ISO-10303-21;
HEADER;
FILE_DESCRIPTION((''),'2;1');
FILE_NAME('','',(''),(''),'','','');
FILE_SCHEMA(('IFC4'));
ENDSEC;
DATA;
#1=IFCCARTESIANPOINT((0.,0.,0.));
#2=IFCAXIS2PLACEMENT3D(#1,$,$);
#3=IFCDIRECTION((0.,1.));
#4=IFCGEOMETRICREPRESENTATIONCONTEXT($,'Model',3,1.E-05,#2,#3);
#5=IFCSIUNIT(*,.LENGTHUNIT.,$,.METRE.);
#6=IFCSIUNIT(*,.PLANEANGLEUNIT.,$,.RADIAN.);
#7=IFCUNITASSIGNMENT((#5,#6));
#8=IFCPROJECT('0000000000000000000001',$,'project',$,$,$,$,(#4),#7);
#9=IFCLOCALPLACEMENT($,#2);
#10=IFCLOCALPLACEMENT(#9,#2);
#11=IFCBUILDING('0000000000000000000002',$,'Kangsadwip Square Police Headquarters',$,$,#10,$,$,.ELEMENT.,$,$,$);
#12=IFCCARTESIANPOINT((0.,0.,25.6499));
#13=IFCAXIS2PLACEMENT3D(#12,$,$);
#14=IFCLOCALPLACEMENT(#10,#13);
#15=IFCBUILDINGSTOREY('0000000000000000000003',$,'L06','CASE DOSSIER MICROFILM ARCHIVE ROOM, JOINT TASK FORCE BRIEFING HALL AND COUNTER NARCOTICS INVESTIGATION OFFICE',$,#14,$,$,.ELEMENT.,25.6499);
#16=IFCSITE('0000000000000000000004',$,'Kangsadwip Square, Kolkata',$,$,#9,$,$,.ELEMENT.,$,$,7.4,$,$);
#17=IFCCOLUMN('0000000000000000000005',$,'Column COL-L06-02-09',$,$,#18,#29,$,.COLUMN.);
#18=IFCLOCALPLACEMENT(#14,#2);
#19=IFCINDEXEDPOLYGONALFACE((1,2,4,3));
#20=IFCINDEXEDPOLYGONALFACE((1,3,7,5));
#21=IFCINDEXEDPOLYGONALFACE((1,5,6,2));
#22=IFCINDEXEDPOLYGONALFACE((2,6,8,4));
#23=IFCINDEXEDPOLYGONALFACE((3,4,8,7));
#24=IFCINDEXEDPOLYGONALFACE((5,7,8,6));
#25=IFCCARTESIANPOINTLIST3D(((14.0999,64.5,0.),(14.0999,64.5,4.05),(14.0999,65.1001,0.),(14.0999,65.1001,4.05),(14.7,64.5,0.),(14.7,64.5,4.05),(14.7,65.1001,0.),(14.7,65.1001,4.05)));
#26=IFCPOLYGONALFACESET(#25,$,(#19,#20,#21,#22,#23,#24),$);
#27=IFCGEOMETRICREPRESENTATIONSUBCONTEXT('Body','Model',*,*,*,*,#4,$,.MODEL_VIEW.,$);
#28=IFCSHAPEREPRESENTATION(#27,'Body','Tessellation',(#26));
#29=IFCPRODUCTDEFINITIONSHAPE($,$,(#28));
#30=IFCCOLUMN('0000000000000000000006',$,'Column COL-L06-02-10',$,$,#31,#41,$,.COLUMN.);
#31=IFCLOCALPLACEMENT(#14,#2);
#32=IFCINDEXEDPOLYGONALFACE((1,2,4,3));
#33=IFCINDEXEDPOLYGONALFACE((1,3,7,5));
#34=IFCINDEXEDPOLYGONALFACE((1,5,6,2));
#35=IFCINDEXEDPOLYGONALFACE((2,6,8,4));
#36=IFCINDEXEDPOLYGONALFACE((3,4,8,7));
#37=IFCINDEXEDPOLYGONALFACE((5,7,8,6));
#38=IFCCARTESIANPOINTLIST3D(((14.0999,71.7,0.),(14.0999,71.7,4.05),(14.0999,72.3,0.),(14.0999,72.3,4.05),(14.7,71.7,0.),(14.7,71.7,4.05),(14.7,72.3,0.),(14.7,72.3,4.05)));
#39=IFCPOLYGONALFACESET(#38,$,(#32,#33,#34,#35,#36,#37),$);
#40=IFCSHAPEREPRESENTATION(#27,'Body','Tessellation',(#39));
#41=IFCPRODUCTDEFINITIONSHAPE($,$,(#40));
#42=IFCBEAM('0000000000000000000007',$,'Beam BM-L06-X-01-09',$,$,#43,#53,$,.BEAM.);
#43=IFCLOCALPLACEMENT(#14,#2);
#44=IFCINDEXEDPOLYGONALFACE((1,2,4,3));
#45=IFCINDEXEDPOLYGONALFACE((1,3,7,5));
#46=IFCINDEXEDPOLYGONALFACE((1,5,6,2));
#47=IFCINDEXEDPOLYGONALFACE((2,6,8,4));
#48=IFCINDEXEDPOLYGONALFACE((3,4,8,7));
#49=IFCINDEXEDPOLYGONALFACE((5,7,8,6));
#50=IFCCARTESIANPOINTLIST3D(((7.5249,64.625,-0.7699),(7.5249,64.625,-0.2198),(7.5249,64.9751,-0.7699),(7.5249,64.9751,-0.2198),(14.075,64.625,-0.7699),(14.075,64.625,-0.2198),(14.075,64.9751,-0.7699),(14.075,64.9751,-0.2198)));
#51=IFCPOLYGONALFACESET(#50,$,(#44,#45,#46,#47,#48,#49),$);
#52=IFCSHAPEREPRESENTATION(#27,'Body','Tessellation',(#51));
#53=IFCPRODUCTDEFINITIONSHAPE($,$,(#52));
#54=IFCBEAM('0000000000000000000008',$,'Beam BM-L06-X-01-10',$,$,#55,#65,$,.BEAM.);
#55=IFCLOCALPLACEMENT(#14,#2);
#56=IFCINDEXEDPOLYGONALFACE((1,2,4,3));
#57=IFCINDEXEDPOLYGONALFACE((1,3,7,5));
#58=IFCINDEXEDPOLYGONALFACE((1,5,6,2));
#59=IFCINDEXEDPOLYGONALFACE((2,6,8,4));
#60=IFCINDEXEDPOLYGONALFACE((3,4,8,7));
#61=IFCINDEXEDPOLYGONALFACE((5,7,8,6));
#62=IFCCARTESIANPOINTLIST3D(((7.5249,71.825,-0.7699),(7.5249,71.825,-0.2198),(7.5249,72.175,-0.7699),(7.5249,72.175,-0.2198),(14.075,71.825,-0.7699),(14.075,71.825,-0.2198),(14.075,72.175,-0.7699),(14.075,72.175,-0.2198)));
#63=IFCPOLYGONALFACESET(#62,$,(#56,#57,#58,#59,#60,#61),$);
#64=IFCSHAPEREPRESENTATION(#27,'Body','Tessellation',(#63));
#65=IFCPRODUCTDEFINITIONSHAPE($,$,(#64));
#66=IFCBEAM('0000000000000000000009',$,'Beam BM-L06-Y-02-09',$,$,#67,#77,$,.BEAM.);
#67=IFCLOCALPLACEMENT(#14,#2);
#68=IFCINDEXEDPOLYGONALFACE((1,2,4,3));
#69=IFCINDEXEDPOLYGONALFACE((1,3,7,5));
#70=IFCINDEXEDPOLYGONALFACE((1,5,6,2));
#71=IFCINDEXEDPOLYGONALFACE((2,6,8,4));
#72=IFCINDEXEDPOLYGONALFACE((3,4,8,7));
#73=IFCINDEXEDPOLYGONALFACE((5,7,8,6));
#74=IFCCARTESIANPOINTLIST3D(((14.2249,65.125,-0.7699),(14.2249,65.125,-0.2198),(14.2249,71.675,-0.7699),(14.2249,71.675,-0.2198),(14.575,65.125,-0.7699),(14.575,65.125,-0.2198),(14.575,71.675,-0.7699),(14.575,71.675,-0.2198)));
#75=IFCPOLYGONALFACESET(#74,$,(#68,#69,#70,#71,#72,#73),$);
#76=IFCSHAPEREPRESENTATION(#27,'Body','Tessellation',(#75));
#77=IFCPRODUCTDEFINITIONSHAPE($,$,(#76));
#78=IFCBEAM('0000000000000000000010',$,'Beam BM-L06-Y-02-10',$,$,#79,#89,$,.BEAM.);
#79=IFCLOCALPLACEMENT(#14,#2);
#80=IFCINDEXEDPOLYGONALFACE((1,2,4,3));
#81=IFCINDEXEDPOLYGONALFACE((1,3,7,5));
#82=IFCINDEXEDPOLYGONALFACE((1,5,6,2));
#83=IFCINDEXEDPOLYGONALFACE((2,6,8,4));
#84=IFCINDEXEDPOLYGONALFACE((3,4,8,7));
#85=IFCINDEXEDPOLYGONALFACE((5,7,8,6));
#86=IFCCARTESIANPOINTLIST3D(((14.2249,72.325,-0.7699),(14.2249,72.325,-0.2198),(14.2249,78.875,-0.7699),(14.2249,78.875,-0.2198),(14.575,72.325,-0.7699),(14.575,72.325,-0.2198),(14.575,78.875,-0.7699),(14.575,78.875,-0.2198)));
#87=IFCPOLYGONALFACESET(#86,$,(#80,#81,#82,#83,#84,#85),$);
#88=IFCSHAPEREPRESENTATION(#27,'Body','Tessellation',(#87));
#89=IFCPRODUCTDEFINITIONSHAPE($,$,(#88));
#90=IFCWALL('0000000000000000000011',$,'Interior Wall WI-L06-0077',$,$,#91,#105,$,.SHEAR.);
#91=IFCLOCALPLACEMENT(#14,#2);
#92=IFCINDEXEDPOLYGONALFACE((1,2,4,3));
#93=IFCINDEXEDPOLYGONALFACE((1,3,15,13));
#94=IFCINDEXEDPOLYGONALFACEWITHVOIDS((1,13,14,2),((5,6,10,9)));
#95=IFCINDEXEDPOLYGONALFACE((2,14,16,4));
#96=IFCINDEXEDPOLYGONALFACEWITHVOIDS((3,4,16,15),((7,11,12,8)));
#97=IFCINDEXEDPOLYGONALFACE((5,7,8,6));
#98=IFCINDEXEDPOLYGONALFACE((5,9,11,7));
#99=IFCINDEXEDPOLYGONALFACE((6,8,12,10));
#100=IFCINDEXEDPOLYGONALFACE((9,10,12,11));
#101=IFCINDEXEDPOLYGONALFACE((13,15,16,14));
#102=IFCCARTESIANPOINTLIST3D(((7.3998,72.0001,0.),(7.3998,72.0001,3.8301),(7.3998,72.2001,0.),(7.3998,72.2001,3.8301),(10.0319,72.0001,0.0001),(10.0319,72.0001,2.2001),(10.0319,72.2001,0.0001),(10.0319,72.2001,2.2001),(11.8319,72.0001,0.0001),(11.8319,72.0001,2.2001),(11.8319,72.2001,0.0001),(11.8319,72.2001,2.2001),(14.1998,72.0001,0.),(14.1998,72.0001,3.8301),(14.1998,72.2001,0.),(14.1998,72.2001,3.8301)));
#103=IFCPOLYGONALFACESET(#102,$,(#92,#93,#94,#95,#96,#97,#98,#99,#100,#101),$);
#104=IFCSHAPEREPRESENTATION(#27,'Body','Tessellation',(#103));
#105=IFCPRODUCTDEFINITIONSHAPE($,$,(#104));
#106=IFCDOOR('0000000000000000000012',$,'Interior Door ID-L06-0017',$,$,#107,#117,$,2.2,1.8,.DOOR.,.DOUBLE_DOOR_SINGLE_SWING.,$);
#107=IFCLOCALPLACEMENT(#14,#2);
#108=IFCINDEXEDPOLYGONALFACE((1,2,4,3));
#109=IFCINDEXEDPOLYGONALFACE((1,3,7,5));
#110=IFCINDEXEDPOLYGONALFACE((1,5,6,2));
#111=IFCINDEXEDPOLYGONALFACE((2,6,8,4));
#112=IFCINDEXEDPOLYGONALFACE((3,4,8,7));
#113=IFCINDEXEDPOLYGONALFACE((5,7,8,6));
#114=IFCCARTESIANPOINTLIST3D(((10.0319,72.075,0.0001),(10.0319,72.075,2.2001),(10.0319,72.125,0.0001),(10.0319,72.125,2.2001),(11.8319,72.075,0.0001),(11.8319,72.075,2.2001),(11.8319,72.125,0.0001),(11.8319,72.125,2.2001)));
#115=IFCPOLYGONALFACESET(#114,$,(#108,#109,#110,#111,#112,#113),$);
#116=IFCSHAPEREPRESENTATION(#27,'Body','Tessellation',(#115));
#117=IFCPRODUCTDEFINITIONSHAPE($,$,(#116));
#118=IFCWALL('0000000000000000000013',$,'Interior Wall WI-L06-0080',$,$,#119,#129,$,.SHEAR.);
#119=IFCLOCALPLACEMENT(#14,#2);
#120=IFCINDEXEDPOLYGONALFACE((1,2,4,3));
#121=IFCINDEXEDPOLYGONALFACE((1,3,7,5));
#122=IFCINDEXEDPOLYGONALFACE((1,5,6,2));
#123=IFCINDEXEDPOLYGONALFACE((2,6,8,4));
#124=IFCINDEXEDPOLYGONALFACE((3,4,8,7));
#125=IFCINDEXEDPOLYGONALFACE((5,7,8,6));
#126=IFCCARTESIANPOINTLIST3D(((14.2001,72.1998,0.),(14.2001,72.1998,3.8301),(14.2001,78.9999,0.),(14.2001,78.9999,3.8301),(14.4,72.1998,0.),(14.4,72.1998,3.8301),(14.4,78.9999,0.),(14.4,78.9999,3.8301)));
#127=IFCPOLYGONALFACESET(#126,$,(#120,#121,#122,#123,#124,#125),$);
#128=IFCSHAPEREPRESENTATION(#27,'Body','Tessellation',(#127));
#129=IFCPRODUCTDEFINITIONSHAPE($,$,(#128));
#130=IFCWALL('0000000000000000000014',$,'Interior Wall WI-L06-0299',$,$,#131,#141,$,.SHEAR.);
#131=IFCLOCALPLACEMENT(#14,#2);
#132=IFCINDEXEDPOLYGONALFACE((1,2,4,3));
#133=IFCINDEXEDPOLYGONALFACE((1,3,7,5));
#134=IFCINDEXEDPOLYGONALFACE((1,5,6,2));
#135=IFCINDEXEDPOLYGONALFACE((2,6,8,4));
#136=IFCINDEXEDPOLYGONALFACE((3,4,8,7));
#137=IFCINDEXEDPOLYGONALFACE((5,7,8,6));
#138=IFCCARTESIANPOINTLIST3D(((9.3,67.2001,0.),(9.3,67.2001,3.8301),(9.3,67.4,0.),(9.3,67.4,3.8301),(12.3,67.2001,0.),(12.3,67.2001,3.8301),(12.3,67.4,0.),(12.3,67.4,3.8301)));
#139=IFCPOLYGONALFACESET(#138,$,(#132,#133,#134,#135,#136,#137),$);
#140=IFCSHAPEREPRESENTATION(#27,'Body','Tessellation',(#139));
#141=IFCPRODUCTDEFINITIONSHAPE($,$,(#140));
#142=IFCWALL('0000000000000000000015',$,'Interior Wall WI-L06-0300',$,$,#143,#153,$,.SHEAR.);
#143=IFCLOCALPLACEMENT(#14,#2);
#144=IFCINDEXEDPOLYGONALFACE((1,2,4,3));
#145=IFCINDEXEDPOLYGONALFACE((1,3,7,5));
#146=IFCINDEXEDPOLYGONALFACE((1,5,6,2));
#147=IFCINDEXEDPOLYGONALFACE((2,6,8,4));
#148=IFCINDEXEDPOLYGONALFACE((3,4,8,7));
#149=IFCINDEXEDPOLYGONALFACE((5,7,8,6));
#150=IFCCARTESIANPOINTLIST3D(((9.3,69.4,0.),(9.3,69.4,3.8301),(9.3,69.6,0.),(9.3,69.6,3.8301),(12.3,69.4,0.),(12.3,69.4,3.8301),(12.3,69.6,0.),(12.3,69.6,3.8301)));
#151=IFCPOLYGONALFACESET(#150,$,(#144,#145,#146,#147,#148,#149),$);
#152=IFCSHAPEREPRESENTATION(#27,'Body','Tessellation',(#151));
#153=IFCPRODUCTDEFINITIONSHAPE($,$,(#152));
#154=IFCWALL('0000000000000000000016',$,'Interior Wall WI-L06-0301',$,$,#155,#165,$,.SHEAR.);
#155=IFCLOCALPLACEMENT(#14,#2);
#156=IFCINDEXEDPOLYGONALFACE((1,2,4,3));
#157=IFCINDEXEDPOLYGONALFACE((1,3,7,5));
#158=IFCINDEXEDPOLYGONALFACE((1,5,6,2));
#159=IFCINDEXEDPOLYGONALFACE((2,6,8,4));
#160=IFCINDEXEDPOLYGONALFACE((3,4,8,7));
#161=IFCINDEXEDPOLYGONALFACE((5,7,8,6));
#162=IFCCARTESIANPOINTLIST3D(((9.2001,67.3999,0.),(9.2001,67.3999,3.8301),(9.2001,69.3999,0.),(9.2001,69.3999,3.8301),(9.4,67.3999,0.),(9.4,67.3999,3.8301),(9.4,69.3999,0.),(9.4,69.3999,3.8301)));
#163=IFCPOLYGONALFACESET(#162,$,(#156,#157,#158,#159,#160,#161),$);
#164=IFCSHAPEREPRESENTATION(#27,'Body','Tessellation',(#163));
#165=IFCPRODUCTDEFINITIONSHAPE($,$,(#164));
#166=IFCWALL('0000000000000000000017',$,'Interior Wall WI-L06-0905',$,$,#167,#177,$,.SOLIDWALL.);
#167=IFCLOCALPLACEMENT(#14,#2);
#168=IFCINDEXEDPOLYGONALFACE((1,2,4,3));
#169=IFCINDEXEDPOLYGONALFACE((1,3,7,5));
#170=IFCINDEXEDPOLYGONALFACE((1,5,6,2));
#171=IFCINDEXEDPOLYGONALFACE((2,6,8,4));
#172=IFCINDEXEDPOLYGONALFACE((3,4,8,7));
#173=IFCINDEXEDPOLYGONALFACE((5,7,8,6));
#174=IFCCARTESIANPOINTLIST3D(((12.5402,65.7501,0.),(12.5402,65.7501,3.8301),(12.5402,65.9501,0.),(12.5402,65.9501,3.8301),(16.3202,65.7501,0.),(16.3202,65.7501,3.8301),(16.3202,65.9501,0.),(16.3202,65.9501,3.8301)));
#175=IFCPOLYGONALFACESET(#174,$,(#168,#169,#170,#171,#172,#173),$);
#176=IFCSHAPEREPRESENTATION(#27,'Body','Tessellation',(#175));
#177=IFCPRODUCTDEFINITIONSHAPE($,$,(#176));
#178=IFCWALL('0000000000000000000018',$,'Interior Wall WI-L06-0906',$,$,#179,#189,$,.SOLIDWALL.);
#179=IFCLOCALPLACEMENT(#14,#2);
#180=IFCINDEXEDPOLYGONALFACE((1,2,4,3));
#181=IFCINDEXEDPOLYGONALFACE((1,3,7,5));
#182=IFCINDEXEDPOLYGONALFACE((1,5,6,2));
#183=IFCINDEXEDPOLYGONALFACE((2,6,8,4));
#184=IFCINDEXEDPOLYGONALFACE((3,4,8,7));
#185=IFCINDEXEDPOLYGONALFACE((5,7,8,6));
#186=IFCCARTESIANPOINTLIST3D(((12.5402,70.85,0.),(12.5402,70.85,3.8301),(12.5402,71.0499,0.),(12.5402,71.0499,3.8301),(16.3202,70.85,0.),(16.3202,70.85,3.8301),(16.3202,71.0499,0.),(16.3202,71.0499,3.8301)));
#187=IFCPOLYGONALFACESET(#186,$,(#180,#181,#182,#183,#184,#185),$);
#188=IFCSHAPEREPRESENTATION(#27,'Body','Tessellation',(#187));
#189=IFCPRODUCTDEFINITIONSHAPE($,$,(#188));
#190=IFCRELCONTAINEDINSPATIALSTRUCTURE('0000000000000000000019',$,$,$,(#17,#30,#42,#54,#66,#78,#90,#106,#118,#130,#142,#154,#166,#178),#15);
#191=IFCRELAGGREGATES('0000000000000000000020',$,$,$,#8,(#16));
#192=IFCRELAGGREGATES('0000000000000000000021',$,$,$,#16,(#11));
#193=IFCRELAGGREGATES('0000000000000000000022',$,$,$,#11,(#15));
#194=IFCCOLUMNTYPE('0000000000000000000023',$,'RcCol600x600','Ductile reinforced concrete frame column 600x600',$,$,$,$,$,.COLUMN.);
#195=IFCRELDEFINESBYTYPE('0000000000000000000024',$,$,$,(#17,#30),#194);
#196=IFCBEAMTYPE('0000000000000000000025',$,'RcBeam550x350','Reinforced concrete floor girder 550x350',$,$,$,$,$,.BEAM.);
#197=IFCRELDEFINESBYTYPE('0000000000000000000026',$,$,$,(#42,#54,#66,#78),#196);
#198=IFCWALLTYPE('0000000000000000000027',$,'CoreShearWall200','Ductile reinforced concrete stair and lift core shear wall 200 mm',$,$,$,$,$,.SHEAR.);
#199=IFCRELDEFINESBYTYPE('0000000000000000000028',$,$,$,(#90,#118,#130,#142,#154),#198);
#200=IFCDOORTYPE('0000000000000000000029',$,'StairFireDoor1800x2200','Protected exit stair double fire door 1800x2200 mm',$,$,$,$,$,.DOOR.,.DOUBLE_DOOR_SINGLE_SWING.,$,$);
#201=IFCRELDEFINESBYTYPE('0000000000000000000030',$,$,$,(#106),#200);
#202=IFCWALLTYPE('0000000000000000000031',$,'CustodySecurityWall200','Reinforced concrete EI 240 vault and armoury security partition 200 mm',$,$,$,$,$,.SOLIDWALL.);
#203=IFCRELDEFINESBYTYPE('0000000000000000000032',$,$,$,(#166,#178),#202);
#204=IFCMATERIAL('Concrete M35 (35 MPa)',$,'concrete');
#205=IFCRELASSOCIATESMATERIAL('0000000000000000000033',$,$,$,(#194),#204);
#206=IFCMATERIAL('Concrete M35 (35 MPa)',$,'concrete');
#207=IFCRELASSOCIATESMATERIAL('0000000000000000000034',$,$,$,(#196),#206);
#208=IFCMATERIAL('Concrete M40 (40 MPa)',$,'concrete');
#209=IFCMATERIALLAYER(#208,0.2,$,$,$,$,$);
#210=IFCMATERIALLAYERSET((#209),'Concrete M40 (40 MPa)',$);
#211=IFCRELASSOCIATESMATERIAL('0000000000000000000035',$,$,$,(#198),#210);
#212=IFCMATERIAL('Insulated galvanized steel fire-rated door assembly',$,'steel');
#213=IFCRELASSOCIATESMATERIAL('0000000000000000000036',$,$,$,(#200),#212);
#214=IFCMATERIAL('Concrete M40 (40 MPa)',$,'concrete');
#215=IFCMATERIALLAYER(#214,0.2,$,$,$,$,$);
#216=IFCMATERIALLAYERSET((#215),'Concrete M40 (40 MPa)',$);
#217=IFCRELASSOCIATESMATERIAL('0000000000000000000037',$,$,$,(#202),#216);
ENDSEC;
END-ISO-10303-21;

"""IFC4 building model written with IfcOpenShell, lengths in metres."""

from ifc_helpers import new_model, si_unit, direction, frame, frame_2d, origin, origin_2d, place, context, subcontext, project, spatial, rectangle, extrude, material, layer, layer_set, material_profile, profile_set, type_object, element, fill, save


model = new_model("IFC4")

# Units and contexts
model_context = context("Model", 3, precision=1e-05, world=origin(), true_north=direction((0.0, 1.0)))
body_context = subcontext(model_context, "Body", "Model", "MODEL_VIEW")
ifc_project = project(units=[si_unit("LENGTHUNIT", "METRE"), si_unit("PLANEANGLEUNIT", "RADIAN")], contexts=[model_context])

# Site, building, storey
site_placement = place(None, origin())
site = spatial("IfcSite", under=ifc_project, at=site_placement, Name="Kangsadwip Square, Kolkata", CompositionType="ELEMENT", RefElevation=7.4)
building_placement = place(site_placement, origin())
building = spatial("IfcBuilding", under=site, at=building_placement, Name="Kangsadwip Square Police Headquarters", CompositionType="ELEMENT")
storey_placement = place(building_placement, frame((0.0, 0.0, 25.6499)))
storey = spatial("IfcBuildingStorey", under=building, at=storey_placement, Name="L06", Description="CASE DOSSIER MICROFILM ARCHIVE ROOM, JOINT TASK FORCE BRIEFING HALL AND COUNTER NARCOTICS INVESTIGATION OFFICE", CompositionType="ELEMENT", Elevation=25.6499)

# Columns
ifc_material_1 = material(Name="Concrete M35 (35 MPa)", Category="concrete")
ifc_material_profile_1 = material_profile(ifc_material_1, rectangle(XDim=0.6001, YDim=0.6001, at=origin_2d()), Name="RC COL 600X600")
ifc_profile_set_1 = profile_set([ifc_material_profile_1], Name="Concrete M35 (35 MPa)")
column_type = type_object("IfcColumnType", Name="RcCol600x600", Description="Ductile reinforced concrete frame column 600x600", PredefinedType="COLUMN", material=ifc_profile_set_1)
for number, where, z_axis, x_axis, name in (
    (1, (14.3999, 64.8, 0.0), (0.0, 0.0, 1.0), (1.0, 0.0, 0.0), "Column COL-L06-02-09"),
    (2, (14.3999, 72.0, 0.0), (0.0, 0.0, 1.0), (1.0, 0.0, 0.0), "Column COL-L06-02-10"),
):
    element("IfcColumn", number, at=place(storey_placement, frame(where, z_axis=z_axis, x_axis=x_axis)), inside=storey, type_object=column_type, Name=name, PredefinedType="COLUMN", context=body_context, shape_type="SweptSolid", body=[
        extrude(rectangle(XDim=0.6001, YDim=0.6001, at=origin_2d()), origin(), (0.0, 0.0, 1.0), 4.05),
    ])

# Beams
ifc_material_2 = material(Name="Concrete M35 (35 MPa)", Category="concrete")
ifc_material_profile_2 = material_profile(ifc_material_2, rectangle(XDim=0.3501, YDim=0.55, at=origin_2d()), Name="RC BM 550X350")
ifc_profile_set_2 = profile_set([ifc_material_profile_2], Name="Concrete M35 (35 MPa)")
beam_type = type_object("IfcBeamType", Name="RcBeam550x350", Description="Reinforced concrete floor girder 550x350", PredefinedType="BEAM", material=ifc_profile_set_2)
for number, where, z_axis, x_axis, name in (
    (3, (7.5249, 64.8, -0.4949), (1.0, 0.0, 0.0), (0.0, 1.0, 0.0), "Beam BM-L06-X-01-09"),
    (4, (7.5249, 72.0, -0.4949), (1.0, 0.0, 0.0), (0.0, 1.0, 0.0), "Beam BM-L06-X-01-10"),
    (5, (14.3999, 65.125, -0.4949), (0.0, 1.0, 0.0), (-1.0, 0.0, 0.0), "Beam BM-L06-Y-02-09"),
    (6, (14.3999, 72.325, -0.4949), (0.0, 1.0, 0.0), (-1.0, 0.0, 0.0), "Beam BM-L06-Y-02-10"),
):
    element("IfcBeam", number, at=place(storey_placement, frame(where, z_axis=z_axis, x_axis=x_axis)), inside=storey, type_object=beam_type, Name=name, PredefinedType="BEAM", context=body_context, shape_type="SweptSolid", body=[
        extrude(rectangle(XDim=0.3501, YDim=0.55, at=origin_2d()), origin(), (0.0, 0.0, 1.0), 6.55),
    ])

# Wall, opening, door
ifc_material_3 = material(Name="Concrete M40 (40 MPa)", Category="concrete")
ifc_layer_1 = layer(ifc_material_3, 0.2)
ifc_layer_set_1 = layer_set([ifc_layer_1], Name="Concrete M40 (40 MPa)")
wall_type_1 = type_object("IfcWallType", Name="CoreShearWall200", Description="Ductile reinforced concrete stair and lift core shear wall 200 mm", PredefinedType="SHEAR", material=ifc_layer_set_1)
wall_1_placement = place(storey_placement, frame((7.3999, 72.1001, 0.0), z_axis=(0.0, 0.0, 1.0), x_axis=(1.0, 0.0, 0.0)))
wall_1 = element("IfcWall", 7, at=wall_1_placement, inside=storey, type_object=wall_type_1, Name="Interior Wall WI-L06-0077", PredefinedType="SHEAR", context=body_context, shape_type="SweptSolid", body=[
    extrude(rectangle(XDim=6.8, YDim=0.2, at=frame_2d((3.3999, 0.0))), origin(), (0.0, 0.0, 1.0), 3.8301),
])
opening_1_placement = place(wall_1_placement, frame((2.6321, 0.0, 0.0)))
opening_1 = element("IfcOpeningElement", 8, at=opening_1_placement, cuts=wall_1, PredefinedType="OPENING", context=body_context, shape_type="SweptSolid", body=[
    extrude(rectangle(XDim=1.8, YDim=2.2, at=frame_2d((0.8999, 1.1001))), frame((0.0, 0.1099, 0.0), z_axis=(0.0, -1.0, 0.0), x_axis=(1.0, 0.0, 0.0)), (0.0, 0.0, 1.0), 0.22),
])
ifc_material_4 = material(Name="Insulated galvanized steel fire-rated door assembly", Category="steel")
door_type_1 = type_object("IfcDoorType", Name="StairFireDoor1800x2200", Description="Protected exit stair double fire door 1800x2200 mm", OperationType="DOUBLE_DOOR_SINGLE_SWING", PredefinedType="DOOR", material=ifc_material_4)
door_1_placement = place(opening_1_placement, origin())
door_1 = element("IfcDoor", 9, at=door_1_placement, inside=storey, type_object=door_type_1, Name="Interior Door ID-L06-0017", OperationType="DOUBLE_DOOR_SINGLE_SWING", OverallHeight=2.2, OverallWidth=1.8, PredefinedType="DOOR", context=body_context, shape_type="SweptSolid", body=[
    extrude(rectangle(XDim=1.8, YDim=2.2, at=frame_2d((0.8999, 1.1001))), frame((0.0, 0.0249, 0.0), z_axis=(0.0, -1.0, 0.0), x_axis=(1.0, 0.0, 0.0)), (0.0, 0.0, 1.0), 0.05),
])
fill(opening_1, door_1)

# Walls
wall_2_placement = place(storey_placement, frame((14.3, 72.2, 0.0), z_axis=(0.0, 0.0, 1.0), x_axis=(0.0, 1.0, 0.0)))
element("IfcWall", 10, at=wall_2_placement, inside=storey, type_object=wall_type_1, Name="Interior Wall WI-L06-0080", PredefinedType="SHEAR", context=body_context, shape_type="SweptSolid", body=[
    extrude(rectangle(XDim=6.8, YDim=0.2, at=frame_2d((3.3999, 0.0))), origin(), (0.0, 0.0, 1.0), 3.8301),
])
for number, where, z_axis, x_axis, name in (
    (11, (9.3, 67.3, 0.0), (0.0, 0.0, 1.0), (1.0, 0.0, 0.0), "Interior Wall WI-L06-0299"),
    (12, (9.3, 69.5, 0.0), (0.0, 0.0, 1.0), (1.0, 0.0, 0.0), "Interior Wall WI-L06-0300"),
):
    element("IfcWall", number, at=place(storey_placement, frame(where, z_axis=z_axis, x_axis=x_axis)), inside=storey, type_object=wall_type_1, Name=name, PredefinedType="SHEAR", context=body_context, shape_type="SweptSolid", body=[
        extrude(rectangle(XDim=3.0, YDim=0.2, at=frame_2d((1.5, 0.0))), origin(), (0.0, 0.0, 1.0), 3.8301),
    ])
wall_3_placement = place(storey_placement, frame((9.3, 67.3999, 0.0), z_axis=(0.0, 0.0, 1.0), x_axis=(0.0, 1.0, 0.0)))
element("IfcWall", 13, at=wall_3_placement, inside=storey, type_object=wall_type_1, Name="Interior Wall WI-L06-0301", PredefinedType="SHEAR", context=body_context, shape_type="SweptSolid", body=[
    extrude(rectangle(XDim=2.0, YDim=0.2, at=frame_2d((1.0, 0.0))), origin(), (0.0, 0.0, 1.0), 3.8301),
])

# Walls
ifc_material_5 = material(Name="Concrete M40 (40 MPa)", Category="concrete")
ifc_layer_2 = layer(ifc_material_5, 0.2)
ifc_layer_set_2 = layer_set([ifc_layer_2], Name="Concrete M40 (40 MPa)")
wall_type_2 = type_object("IfcWallType", Name="CustodySecurityWall200", Description="Reinforced concrete EI 240 vault and armoury security partition 200 mm", PredefinedType="SOLIDWALL", material=ifc_layer_set_2)
for number, where, z_axis, x_axis, name in (
    (14, (12.54, 65.8501, 0.0), (0.0, 0.0, 1.0), (1.0, 0.0, 0.0), "Interior Wall WI-L06-0905"),
    (15, (12.54, 70.95, 0.0), (0.0, 0.0, 1.0), (1.0, 0.0, 0.0), "Interior Wall WI-L06-0906"),
):
    element("IfcWall", number, at=place(storey_placement, frame(where, z_axis=z_axis, x_axis=x_axis)), inside=storey, type_object=wall_type_2, Name=name, PredefinedType="SOLIDWALL", context=body_context, shape_type="SweptSolid", body=[
        extrude(rectangle(XDim=3.78, YDim=0.2, at=frame_2d((1.8901, 0.0))), origin(), (0.0, 0.0, 1.0), 3.8301),
    ])

save(model, "model.ifc")
